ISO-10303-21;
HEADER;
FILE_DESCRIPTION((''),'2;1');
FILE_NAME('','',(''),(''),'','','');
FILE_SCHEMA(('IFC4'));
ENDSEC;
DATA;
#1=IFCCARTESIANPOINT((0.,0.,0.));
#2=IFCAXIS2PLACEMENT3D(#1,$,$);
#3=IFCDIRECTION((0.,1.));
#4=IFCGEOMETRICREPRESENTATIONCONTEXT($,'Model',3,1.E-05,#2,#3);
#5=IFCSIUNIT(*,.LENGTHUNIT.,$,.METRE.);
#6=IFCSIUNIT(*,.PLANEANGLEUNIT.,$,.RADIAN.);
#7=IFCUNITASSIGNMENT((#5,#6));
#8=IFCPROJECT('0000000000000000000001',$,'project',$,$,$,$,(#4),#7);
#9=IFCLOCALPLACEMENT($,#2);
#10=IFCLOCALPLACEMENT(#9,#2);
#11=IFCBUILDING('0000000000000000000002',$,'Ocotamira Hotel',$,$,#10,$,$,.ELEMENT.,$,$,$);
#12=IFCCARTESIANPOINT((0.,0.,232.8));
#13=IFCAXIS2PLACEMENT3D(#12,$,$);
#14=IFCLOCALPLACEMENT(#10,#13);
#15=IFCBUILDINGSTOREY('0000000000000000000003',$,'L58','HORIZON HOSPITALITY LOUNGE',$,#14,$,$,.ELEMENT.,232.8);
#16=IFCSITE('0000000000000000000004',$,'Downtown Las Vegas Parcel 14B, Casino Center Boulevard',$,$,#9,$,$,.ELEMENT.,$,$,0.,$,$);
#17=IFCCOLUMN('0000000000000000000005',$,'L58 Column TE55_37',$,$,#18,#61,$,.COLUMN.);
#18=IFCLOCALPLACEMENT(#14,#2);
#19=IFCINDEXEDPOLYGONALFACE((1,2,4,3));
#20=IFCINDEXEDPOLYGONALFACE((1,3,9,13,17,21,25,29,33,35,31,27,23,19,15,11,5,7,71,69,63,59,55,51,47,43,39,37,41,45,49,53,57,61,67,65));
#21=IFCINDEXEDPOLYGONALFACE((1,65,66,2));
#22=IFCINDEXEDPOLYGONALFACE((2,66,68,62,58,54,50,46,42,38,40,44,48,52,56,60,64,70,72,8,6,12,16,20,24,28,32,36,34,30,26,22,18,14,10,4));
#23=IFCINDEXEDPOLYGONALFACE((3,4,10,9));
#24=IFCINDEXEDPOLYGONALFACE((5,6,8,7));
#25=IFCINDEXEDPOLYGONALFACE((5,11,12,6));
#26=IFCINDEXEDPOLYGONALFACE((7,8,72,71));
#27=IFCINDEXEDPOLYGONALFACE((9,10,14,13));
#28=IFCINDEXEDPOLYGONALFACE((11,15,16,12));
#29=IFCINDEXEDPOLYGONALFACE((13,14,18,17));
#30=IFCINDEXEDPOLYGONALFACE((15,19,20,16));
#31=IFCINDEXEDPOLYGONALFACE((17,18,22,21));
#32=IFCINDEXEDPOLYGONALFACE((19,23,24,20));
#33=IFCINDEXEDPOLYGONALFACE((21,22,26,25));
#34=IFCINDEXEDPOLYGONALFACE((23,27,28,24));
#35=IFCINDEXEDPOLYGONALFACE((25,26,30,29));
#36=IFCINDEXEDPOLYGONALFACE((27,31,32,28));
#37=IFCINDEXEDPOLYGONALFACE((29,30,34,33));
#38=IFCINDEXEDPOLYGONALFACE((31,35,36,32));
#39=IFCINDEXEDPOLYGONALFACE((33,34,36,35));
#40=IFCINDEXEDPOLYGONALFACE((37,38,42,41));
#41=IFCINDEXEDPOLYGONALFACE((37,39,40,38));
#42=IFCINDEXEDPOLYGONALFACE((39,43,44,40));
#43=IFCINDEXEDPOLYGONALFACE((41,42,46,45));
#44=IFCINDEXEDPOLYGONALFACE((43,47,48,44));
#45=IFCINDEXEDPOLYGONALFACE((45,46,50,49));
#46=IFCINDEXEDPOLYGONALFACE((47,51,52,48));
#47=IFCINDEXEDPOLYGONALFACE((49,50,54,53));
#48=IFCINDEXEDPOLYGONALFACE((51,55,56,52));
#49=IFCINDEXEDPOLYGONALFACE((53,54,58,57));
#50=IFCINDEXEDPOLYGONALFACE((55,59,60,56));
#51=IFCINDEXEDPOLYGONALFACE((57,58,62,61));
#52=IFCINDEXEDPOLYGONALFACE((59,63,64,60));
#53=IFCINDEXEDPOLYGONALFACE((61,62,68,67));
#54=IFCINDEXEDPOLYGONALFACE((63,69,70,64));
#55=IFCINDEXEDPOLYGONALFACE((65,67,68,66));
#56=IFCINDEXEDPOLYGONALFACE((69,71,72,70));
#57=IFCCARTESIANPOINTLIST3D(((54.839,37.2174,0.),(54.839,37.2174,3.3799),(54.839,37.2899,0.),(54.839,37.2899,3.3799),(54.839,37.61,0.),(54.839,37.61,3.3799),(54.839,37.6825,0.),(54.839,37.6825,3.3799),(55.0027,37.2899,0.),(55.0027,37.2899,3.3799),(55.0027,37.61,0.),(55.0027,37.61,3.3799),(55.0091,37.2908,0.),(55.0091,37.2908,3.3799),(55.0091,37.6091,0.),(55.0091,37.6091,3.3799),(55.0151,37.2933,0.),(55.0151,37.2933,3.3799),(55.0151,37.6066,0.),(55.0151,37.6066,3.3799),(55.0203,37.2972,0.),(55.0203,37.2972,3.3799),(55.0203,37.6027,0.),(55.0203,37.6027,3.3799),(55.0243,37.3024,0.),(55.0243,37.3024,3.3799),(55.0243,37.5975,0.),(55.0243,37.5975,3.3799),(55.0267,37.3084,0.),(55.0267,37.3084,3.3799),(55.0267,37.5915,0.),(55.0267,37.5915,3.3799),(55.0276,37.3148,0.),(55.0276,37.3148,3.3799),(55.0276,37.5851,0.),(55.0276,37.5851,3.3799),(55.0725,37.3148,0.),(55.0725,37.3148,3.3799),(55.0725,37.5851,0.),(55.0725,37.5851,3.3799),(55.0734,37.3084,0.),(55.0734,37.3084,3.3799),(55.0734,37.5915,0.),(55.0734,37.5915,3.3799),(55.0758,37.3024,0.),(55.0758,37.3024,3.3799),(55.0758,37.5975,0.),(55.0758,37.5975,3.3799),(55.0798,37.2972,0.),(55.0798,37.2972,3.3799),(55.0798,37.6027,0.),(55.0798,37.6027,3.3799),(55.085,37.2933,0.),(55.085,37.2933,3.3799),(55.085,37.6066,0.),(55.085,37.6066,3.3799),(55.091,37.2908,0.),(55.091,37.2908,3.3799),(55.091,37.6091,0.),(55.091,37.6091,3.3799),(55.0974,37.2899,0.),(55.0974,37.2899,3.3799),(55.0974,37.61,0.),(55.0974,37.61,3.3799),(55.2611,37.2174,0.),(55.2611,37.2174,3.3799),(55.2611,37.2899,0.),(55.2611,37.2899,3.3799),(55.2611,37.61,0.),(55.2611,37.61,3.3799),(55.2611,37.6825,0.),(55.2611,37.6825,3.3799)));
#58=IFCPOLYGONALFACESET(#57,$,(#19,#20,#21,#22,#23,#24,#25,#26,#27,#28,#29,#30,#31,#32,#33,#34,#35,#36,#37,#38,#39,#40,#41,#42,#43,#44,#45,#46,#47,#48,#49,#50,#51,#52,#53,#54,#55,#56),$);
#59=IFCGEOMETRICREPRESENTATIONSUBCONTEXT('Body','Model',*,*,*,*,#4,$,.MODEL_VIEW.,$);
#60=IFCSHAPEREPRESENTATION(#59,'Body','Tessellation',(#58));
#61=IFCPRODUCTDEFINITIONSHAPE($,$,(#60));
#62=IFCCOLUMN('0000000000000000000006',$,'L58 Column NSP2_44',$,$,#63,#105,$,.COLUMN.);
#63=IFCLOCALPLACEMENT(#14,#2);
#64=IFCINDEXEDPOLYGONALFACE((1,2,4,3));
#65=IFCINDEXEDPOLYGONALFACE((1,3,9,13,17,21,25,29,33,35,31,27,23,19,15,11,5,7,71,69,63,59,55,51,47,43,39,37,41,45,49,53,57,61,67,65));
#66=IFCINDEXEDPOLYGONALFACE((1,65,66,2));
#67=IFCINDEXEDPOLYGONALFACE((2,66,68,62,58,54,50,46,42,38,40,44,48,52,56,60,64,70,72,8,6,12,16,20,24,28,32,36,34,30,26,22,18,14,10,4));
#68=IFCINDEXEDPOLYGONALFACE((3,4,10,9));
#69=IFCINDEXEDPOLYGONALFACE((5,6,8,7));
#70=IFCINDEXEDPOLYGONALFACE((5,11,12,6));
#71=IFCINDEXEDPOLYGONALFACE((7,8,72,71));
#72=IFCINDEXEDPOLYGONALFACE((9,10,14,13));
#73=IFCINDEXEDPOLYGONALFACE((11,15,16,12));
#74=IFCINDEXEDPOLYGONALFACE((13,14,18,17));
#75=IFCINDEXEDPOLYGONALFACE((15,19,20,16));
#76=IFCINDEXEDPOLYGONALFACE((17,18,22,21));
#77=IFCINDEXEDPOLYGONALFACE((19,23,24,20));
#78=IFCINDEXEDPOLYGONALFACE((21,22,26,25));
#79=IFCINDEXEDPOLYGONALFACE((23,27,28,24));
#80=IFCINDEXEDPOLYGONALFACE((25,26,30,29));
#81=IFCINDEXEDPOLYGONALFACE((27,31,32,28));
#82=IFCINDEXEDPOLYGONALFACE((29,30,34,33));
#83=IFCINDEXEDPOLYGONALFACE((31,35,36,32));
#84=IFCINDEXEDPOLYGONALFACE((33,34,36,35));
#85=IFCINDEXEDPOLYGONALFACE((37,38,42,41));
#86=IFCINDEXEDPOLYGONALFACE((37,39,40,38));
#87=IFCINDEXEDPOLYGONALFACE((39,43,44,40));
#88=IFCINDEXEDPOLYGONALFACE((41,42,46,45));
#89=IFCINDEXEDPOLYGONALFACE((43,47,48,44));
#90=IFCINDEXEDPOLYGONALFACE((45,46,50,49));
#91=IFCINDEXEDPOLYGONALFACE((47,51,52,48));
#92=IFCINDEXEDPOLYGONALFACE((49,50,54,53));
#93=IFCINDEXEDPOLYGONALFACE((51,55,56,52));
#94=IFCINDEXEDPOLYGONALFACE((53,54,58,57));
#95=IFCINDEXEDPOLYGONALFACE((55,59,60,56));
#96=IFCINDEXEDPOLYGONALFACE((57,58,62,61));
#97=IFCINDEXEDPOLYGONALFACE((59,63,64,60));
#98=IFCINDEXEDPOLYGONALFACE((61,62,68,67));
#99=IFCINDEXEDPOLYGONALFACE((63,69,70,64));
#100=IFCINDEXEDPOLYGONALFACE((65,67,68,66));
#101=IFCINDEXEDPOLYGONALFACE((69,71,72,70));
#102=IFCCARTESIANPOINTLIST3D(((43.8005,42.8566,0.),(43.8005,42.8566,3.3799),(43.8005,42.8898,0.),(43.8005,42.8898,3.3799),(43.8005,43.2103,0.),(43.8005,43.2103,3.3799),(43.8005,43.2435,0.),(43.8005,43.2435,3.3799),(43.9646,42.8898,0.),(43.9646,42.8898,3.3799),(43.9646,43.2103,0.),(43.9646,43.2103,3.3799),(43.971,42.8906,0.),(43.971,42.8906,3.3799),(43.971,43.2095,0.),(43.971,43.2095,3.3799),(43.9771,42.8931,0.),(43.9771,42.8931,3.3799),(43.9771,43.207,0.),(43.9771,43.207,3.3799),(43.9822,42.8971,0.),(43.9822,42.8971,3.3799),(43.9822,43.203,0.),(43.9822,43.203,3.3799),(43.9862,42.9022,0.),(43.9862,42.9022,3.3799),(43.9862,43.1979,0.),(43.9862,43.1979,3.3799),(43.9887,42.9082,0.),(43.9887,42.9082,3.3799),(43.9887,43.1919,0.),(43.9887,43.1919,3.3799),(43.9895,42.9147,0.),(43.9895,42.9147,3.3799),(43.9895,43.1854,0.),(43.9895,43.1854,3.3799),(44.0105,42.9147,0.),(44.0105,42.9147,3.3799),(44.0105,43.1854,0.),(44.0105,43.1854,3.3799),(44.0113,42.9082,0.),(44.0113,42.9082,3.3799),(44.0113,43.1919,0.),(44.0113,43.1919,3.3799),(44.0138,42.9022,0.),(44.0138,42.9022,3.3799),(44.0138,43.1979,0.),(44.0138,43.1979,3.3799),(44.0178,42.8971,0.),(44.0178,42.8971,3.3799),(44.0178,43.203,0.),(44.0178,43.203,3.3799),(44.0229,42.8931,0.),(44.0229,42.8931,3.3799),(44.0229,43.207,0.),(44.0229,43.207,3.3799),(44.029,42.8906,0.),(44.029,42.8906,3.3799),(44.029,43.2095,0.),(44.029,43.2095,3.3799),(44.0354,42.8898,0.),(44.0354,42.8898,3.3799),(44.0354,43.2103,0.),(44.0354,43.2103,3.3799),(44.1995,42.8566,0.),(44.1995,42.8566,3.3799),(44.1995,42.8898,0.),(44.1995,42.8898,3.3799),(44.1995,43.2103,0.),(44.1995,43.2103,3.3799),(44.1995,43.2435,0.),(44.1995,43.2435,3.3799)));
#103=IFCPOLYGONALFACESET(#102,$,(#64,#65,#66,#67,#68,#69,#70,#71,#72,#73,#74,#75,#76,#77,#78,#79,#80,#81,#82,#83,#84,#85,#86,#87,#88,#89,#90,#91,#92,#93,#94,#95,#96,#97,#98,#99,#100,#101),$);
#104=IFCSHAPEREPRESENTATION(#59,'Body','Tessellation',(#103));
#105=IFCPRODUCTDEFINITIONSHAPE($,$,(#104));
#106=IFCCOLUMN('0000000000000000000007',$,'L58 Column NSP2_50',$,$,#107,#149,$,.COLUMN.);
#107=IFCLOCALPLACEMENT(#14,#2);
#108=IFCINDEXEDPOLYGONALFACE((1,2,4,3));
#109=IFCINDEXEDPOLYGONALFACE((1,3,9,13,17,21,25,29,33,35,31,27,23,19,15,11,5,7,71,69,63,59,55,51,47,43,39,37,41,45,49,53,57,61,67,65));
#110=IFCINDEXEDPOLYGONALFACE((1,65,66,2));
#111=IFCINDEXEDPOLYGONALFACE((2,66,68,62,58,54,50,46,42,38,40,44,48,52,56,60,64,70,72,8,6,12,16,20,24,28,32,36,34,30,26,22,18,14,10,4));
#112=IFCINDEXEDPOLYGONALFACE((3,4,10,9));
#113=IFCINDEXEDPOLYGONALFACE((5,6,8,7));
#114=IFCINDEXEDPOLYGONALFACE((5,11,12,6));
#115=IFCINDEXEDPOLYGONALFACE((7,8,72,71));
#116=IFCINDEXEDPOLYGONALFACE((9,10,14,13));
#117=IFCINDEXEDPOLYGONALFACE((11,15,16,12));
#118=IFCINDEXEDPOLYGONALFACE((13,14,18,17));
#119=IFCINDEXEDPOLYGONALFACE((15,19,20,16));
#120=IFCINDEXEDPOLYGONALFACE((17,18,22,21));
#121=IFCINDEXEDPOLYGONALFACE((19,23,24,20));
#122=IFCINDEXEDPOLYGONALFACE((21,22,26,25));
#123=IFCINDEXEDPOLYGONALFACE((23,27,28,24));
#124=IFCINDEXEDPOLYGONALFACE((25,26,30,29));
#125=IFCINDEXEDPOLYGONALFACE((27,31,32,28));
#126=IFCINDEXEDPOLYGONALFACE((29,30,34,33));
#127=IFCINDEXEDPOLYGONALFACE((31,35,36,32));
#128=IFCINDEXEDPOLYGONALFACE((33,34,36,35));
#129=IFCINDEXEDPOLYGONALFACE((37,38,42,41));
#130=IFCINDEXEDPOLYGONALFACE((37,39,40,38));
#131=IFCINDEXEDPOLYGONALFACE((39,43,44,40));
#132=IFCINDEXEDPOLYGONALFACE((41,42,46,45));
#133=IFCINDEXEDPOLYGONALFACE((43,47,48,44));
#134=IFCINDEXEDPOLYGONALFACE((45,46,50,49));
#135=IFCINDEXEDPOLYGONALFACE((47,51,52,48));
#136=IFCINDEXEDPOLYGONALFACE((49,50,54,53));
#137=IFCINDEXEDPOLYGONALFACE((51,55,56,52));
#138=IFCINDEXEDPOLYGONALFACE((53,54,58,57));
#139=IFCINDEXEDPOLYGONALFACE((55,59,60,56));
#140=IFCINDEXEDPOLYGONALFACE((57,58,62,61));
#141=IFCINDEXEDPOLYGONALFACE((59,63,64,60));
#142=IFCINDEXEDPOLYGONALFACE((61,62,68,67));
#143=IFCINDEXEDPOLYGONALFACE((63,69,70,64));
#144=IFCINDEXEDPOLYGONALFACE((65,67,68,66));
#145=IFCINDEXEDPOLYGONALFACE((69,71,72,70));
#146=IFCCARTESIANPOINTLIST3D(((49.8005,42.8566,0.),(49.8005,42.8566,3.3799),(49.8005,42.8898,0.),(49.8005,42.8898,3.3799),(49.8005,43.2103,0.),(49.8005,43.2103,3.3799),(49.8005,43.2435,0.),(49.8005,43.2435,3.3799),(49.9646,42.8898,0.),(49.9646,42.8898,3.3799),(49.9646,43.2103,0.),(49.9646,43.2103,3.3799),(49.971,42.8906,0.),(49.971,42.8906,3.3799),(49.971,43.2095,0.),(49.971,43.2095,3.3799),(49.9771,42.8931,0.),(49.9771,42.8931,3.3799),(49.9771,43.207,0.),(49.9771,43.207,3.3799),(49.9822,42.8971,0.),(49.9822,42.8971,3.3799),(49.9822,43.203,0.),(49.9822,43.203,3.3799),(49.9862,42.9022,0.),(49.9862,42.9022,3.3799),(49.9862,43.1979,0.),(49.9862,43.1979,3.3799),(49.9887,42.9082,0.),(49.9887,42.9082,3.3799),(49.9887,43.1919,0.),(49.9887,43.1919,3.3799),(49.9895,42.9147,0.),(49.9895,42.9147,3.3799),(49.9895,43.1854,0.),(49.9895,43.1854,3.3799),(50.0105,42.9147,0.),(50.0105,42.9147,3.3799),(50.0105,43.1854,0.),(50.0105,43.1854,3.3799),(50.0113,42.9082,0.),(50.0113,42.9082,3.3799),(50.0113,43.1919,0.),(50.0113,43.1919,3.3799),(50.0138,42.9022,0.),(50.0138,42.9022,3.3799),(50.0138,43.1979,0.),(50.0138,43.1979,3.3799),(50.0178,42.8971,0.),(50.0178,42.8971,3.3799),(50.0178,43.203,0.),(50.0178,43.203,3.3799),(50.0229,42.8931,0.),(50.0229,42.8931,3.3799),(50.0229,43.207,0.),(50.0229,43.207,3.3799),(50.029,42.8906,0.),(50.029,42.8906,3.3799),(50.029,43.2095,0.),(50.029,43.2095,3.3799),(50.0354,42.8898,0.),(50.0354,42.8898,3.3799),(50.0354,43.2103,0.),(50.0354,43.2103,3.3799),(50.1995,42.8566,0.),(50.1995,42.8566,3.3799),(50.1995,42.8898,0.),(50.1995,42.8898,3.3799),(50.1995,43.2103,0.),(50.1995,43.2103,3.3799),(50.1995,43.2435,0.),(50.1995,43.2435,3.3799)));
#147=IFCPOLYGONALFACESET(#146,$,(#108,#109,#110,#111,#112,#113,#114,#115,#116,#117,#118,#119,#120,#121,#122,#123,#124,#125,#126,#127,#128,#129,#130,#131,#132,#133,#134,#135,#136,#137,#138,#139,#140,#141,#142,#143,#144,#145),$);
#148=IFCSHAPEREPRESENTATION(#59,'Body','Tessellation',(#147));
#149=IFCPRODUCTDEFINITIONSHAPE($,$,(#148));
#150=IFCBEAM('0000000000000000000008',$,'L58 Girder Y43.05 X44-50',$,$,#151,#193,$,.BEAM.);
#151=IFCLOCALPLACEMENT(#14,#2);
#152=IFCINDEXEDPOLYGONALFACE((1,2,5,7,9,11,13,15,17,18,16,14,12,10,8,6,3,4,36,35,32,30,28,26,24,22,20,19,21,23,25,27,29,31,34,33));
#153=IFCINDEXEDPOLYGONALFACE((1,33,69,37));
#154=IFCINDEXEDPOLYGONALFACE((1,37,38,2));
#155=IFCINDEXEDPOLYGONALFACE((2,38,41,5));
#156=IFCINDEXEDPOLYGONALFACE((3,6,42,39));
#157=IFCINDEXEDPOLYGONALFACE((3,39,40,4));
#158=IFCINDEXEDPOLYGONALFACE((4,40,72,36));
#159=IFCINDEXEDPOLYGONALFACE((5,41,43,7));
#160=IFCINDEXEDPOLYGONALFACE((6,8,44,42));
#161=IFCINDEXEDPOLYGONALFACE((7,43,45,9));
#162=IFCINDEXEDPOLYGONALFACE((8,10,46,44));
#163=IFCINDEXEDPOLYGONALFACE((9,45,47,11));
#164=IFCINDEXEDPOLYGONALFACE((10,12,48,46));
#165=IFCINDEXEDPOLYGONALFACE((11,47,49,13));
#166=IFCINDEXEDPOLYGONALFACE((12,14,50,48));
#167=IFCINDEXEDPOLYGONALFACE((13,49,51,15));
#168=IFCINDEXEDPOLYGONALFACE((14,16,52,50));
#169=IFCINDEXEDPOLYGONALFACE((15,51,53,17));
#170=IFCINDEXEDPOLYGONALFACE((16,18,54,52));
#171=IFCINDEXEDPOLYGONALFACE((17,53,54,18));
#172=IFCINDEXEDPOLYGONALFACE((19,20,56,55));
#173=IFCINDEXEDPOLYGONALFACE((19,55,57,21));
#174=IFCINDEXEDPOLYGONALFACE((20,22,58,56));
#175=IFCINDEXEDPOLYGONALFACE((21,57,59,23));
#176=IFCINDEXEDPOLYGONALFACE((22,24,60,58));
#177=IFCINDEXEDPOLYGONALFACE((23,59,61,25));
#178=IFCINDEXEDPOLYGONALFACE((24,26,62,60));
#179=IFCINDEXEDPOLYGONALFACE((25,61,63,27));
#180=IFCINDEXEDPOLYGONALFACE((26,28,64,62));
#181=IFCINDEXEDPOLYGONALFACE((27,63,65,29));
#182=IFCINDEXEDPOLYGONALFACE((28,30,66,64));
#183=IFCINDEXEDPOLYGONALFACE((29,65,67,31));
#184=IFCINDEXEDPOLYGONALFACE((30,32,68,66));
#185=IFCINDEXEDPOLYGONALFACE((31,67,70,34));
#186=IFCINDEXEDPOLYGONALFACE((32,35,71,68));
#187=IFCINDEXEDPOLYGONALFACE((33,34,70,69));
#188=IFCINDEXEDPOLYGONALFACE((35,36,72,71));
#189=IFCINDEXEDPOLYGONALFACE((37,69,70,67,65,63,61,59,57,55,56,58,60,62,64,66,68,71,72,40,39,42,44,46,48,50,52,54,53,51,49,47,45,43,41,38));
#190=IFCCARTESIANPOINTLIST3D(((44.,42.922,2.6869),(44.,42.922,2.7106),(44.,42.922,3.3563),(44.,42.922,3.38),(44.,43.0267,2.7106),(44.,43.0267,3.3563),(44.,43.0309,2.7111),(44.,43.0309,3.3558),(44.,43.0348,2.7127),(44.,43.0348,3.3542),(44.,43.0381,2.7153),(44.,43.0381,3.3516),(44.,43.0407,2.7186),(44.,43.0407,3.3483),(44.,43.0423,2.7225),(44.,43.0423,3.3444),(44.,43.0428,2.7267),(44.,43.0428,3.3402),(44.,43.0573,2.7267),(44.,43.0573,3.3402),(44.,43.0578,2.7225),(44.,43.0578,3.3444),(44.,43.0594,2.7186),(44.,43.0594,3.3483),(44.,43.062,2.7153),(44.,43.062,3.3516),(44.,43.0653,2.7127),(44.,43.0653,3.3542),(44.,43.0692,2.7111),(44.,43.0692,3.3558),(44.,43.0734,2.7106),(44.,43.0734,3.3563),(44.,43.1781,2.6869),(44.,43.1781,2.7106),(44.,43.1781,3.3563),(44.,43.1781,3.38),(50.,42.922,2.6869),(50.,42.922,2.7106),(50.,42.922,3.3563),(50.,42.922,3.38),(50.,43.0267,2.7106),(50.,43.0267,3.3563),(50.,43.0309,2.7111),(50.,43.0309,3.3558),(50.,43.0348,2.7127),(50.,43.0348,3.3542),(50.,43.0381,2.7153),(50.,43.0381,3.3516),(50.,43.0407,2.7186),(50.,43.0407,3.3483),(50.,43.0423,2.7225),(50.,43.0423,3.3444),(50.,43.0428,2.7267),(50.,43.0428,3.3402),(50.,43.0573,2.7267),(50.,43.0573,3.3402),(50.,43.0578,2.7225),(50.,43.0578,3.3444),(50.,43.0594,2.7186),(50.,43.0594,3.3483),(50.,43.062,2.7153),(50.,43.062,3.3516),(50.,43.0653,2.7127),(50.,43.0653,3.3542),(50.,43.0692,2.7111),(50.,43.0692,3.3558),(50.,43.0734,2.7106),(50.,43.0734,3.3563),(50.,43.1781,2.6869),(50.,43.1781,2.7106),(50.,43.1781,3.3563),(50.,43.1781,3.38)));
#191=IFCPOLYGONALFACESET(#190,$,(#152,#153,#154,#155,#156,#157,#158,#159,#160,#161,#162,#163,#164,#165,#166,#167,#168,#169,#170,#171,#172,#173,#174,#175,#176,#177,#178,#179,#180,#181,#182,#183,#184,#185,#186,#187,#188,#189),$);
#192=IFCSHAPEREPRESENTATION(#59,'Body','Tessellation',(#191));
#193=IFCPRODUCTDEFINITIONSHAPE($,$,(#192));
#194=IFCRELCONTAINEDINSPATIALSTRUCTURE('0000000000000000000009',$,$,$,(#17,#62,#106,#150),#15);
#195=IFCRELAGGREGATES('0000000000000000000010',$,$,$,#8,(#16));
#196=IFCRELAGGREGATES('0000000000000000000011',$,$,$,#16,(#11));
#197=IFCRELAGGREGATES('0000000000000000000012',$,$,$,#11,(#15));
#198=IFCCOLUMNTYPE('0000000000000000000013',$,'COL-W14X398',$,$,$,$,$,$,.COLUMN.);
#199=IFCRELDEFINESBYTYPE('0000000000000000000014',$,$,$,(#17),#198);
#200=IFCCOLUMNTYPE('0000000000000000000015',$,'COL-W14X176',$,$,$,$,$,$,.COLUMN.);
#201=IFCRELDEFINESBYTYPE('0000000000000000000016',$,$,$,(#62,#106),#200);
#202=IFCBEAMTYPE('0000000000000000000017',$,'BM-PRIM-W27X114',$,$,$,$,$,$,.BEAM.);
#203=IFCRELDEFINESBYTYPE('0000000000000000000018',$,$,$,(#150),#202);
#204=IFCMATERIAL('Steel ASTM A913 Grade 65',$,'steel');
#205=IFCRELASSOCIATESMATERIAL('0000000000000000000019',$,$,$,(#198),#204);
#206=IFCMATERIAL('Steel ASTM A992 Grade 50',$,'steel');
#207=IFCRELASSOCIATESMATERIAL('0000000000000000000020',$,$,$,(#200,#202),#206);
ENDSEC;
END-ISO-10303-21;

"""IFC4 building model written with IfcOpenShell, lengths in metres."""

from ifc_helpers import new_model, si_unit, direction, frame, origin, origin_2d, place, context, subcontext, project, spatial, i_section, extrude, source, transform, mapped, material, material_profile, profile_set, type_object, element, save


model = new_model("IFC4")

# Units and contexts
model_context = context("Model", 3, precision=1e-05, world=origin(), true_north=direction((0.0, 1.0)))
body_context = subcontext(model_context, "Body", "Model", "MODEL_VIEW")
ifc_project = project(units=[si_unit("LENGTHUNIT", "METRE"), si_unit("PLANEANGLEUNIT", "RADIAN")], contexts=[model_context])

# Site, building, storey
site_placement = place(None, origin())
site = spatial("IfcSite", under=ifc_project, at=site_placement, Name="Downtown Las Vegas Parcel 14B, Casino Center Boulevard", CompositionType="ELEMENT", RefElevation=0.0)
building_placement = place(site_placement, origin())
building = spatial("IfcBuilding", under=site, at=building_placement, Name="Ocotamira Hotel", CompositionType="ELEMENT")
storey_placement = place(building_placement, frame((0.0, 0.0, 232.8)))
storey = spatial("IfcBuildingStorey", under=building, at=storey_placement, Name="L58", Description="HORIZON HOSPITALITY LOUNGE", CompositionType="ELEMENT", Elevation=232.8)

# Columns
ifc_material_1 = material(Name="Steel ASTM A913 Grade 65", Category="steel")
ifc_material_profile_1 = material_profile(ifc_material_1, i_section(OverallWidth=0.4221, OverallDepth=0.4651, WebThickness=0.0449, FlangeThickness=0.0725, FilletRadius=0.0249, at=origin_2d()), Name="W14X398")
ifc_profile_set_1 = profile_set([ifc_material_profile_1], Name="Steel ASTM A913 Grade 65")
column_type_1 = type_object("IfcColumnType", Name="COL-W14X398", PredefinedType="COLUMN", material=ifc_profile_set_1)
shared_shape_1 = source(origin(), body_context, "Body", "SweptSolid", [
    extrude(i_section(OverallWidth=0.4221, OverallDepth=0.4651, WebThickness=0.0449, FlangeThickness=0.0725, FilletRadius=0.0249, at=origin_2d()), origin(), (0.0, 0.0, 1.0), 3.3799),
])
column_placement = place(storey_placement, frame((55.05, 37.45, 0.0), z_axis=(0.0, 0.0, 1.0), x_axis=(1.0, 0.0, 0.0)))
element("IfcColumn", 1, at=column_placement, inside=storey, type_object=column_type_1, Name="L58 Column TE55_37", PredefinedType="COLUMN", context=body_context, shape_type="MappedRepresentation", body=[
    mapped(shared_shape_1, transform((0.0, 0.0, 0.0), scale=1.0)),
])
ifc_material_2 = material(Name="Steel ASTM A992 Grade 50", Category="steel")
ifc_material_profile_2 = material_profile(ifc_material_2, i_section(OverallWidth=0.3989, OverallDepth=0.387, WebThickness=0.021, FlangeThickness=0.0332, FilletRadius=0.0249, at=origin_2d()), Name="W14X176")
ifc_profile_set_2 = profile_set([ifc_material_profile_2], Name="Steel ASTM A992 Grade 50")
column_type_2 = type_object("IfcColumnType", Name="COL-W14X176", PredefinedType="COLUMN", material=ifc_profile_set_2)
shared_shape_2 = source(origin(), body_context, "Body", "SweptSolid", [
    extrude(i_section(OverallWidth=0.3989, OverallDepth=0.387, WebThickness=0.021, FlangeThickness=0.0332, FilletRadius=0.0249, at=origin_2d()), origin(), (0.0, 0.0, 1.0), 3.3799),
])
for number, where, z_axis, x_axis, name in (
    (2, (44.0, 43.05, 0.0), (0.0, 0.0, 1.0), (1.0, 0.0, 0.0), "L58 Column NSP2_44"),
    (3, (50.0, 43.05, 0.0), (0.0, 0.0, 1.0), (1.0, 0.0, 0.0), "L58 Column NSP2_50"),
):
    element("IfcColumn", number, at=place(storey_placement, frame(where, z_axis=z_axis, x_axis=x_axis)), inside=storey, type_object=column_type_2, Name=name, PredefinedType="COLUMN", context=body_context, shape_type="MappedRepresentation", body=[
        mapped(shared_shape_2, transform((0.0, 0.0, 0.0), scale=1.0)),
    ])

# Beam
ifc_material_profile_3 = material_profile(ifc_material_2, i_section(OverallWidth=0.2561, OverallDepth=0.6931, WebThickness=0.0144, FlangeThickness=0.0237, FilletRadius=0.0161, at=origin_2d()), Name="W27X114")
ifc_profile_set_3 = profile_set([ifc_material_profile_3], Name="Steel ASTM A992 Grade 50")
beam_type_1 = type_object("IfcBeamType", Name="BM-PRIM-W27X114", PredefinedType="BEAM", material=ifc_profile_set_3)
shared_shape_3 = source(origin(), body_context, "Body", "SweptSolid", [
    extrude(i_section(OverallWidth=0.2561, OverallDepth=0.6931, WebThickness=0.0144, FlangeThickness=0.0237, FilletRadius=0.0161, at=origin_2d()), origin(), (0.0, 0.0, 1.0), 6.0),
])
beam_1_placement = place(storey_placement, frame((44.0, 43.05, 3.0334), z_axis=(1.0, 0.0, 0.0), x_axis=(0.0, 1.0, 0.0)))
element("IfcBeam", 4, at=beam_1_placement, inside=storey, type_object=beam_type_1, Name="L58 Girder Y43.05 X44-50", PredefinedType="BEAM", context=body_context, shape_type="MappedRepresentation", body=[
    mapped(shared_shape_3, transform((0.0, 0.0, 0.0), scale=1.0)),
])

save(model, "model.ifc")
